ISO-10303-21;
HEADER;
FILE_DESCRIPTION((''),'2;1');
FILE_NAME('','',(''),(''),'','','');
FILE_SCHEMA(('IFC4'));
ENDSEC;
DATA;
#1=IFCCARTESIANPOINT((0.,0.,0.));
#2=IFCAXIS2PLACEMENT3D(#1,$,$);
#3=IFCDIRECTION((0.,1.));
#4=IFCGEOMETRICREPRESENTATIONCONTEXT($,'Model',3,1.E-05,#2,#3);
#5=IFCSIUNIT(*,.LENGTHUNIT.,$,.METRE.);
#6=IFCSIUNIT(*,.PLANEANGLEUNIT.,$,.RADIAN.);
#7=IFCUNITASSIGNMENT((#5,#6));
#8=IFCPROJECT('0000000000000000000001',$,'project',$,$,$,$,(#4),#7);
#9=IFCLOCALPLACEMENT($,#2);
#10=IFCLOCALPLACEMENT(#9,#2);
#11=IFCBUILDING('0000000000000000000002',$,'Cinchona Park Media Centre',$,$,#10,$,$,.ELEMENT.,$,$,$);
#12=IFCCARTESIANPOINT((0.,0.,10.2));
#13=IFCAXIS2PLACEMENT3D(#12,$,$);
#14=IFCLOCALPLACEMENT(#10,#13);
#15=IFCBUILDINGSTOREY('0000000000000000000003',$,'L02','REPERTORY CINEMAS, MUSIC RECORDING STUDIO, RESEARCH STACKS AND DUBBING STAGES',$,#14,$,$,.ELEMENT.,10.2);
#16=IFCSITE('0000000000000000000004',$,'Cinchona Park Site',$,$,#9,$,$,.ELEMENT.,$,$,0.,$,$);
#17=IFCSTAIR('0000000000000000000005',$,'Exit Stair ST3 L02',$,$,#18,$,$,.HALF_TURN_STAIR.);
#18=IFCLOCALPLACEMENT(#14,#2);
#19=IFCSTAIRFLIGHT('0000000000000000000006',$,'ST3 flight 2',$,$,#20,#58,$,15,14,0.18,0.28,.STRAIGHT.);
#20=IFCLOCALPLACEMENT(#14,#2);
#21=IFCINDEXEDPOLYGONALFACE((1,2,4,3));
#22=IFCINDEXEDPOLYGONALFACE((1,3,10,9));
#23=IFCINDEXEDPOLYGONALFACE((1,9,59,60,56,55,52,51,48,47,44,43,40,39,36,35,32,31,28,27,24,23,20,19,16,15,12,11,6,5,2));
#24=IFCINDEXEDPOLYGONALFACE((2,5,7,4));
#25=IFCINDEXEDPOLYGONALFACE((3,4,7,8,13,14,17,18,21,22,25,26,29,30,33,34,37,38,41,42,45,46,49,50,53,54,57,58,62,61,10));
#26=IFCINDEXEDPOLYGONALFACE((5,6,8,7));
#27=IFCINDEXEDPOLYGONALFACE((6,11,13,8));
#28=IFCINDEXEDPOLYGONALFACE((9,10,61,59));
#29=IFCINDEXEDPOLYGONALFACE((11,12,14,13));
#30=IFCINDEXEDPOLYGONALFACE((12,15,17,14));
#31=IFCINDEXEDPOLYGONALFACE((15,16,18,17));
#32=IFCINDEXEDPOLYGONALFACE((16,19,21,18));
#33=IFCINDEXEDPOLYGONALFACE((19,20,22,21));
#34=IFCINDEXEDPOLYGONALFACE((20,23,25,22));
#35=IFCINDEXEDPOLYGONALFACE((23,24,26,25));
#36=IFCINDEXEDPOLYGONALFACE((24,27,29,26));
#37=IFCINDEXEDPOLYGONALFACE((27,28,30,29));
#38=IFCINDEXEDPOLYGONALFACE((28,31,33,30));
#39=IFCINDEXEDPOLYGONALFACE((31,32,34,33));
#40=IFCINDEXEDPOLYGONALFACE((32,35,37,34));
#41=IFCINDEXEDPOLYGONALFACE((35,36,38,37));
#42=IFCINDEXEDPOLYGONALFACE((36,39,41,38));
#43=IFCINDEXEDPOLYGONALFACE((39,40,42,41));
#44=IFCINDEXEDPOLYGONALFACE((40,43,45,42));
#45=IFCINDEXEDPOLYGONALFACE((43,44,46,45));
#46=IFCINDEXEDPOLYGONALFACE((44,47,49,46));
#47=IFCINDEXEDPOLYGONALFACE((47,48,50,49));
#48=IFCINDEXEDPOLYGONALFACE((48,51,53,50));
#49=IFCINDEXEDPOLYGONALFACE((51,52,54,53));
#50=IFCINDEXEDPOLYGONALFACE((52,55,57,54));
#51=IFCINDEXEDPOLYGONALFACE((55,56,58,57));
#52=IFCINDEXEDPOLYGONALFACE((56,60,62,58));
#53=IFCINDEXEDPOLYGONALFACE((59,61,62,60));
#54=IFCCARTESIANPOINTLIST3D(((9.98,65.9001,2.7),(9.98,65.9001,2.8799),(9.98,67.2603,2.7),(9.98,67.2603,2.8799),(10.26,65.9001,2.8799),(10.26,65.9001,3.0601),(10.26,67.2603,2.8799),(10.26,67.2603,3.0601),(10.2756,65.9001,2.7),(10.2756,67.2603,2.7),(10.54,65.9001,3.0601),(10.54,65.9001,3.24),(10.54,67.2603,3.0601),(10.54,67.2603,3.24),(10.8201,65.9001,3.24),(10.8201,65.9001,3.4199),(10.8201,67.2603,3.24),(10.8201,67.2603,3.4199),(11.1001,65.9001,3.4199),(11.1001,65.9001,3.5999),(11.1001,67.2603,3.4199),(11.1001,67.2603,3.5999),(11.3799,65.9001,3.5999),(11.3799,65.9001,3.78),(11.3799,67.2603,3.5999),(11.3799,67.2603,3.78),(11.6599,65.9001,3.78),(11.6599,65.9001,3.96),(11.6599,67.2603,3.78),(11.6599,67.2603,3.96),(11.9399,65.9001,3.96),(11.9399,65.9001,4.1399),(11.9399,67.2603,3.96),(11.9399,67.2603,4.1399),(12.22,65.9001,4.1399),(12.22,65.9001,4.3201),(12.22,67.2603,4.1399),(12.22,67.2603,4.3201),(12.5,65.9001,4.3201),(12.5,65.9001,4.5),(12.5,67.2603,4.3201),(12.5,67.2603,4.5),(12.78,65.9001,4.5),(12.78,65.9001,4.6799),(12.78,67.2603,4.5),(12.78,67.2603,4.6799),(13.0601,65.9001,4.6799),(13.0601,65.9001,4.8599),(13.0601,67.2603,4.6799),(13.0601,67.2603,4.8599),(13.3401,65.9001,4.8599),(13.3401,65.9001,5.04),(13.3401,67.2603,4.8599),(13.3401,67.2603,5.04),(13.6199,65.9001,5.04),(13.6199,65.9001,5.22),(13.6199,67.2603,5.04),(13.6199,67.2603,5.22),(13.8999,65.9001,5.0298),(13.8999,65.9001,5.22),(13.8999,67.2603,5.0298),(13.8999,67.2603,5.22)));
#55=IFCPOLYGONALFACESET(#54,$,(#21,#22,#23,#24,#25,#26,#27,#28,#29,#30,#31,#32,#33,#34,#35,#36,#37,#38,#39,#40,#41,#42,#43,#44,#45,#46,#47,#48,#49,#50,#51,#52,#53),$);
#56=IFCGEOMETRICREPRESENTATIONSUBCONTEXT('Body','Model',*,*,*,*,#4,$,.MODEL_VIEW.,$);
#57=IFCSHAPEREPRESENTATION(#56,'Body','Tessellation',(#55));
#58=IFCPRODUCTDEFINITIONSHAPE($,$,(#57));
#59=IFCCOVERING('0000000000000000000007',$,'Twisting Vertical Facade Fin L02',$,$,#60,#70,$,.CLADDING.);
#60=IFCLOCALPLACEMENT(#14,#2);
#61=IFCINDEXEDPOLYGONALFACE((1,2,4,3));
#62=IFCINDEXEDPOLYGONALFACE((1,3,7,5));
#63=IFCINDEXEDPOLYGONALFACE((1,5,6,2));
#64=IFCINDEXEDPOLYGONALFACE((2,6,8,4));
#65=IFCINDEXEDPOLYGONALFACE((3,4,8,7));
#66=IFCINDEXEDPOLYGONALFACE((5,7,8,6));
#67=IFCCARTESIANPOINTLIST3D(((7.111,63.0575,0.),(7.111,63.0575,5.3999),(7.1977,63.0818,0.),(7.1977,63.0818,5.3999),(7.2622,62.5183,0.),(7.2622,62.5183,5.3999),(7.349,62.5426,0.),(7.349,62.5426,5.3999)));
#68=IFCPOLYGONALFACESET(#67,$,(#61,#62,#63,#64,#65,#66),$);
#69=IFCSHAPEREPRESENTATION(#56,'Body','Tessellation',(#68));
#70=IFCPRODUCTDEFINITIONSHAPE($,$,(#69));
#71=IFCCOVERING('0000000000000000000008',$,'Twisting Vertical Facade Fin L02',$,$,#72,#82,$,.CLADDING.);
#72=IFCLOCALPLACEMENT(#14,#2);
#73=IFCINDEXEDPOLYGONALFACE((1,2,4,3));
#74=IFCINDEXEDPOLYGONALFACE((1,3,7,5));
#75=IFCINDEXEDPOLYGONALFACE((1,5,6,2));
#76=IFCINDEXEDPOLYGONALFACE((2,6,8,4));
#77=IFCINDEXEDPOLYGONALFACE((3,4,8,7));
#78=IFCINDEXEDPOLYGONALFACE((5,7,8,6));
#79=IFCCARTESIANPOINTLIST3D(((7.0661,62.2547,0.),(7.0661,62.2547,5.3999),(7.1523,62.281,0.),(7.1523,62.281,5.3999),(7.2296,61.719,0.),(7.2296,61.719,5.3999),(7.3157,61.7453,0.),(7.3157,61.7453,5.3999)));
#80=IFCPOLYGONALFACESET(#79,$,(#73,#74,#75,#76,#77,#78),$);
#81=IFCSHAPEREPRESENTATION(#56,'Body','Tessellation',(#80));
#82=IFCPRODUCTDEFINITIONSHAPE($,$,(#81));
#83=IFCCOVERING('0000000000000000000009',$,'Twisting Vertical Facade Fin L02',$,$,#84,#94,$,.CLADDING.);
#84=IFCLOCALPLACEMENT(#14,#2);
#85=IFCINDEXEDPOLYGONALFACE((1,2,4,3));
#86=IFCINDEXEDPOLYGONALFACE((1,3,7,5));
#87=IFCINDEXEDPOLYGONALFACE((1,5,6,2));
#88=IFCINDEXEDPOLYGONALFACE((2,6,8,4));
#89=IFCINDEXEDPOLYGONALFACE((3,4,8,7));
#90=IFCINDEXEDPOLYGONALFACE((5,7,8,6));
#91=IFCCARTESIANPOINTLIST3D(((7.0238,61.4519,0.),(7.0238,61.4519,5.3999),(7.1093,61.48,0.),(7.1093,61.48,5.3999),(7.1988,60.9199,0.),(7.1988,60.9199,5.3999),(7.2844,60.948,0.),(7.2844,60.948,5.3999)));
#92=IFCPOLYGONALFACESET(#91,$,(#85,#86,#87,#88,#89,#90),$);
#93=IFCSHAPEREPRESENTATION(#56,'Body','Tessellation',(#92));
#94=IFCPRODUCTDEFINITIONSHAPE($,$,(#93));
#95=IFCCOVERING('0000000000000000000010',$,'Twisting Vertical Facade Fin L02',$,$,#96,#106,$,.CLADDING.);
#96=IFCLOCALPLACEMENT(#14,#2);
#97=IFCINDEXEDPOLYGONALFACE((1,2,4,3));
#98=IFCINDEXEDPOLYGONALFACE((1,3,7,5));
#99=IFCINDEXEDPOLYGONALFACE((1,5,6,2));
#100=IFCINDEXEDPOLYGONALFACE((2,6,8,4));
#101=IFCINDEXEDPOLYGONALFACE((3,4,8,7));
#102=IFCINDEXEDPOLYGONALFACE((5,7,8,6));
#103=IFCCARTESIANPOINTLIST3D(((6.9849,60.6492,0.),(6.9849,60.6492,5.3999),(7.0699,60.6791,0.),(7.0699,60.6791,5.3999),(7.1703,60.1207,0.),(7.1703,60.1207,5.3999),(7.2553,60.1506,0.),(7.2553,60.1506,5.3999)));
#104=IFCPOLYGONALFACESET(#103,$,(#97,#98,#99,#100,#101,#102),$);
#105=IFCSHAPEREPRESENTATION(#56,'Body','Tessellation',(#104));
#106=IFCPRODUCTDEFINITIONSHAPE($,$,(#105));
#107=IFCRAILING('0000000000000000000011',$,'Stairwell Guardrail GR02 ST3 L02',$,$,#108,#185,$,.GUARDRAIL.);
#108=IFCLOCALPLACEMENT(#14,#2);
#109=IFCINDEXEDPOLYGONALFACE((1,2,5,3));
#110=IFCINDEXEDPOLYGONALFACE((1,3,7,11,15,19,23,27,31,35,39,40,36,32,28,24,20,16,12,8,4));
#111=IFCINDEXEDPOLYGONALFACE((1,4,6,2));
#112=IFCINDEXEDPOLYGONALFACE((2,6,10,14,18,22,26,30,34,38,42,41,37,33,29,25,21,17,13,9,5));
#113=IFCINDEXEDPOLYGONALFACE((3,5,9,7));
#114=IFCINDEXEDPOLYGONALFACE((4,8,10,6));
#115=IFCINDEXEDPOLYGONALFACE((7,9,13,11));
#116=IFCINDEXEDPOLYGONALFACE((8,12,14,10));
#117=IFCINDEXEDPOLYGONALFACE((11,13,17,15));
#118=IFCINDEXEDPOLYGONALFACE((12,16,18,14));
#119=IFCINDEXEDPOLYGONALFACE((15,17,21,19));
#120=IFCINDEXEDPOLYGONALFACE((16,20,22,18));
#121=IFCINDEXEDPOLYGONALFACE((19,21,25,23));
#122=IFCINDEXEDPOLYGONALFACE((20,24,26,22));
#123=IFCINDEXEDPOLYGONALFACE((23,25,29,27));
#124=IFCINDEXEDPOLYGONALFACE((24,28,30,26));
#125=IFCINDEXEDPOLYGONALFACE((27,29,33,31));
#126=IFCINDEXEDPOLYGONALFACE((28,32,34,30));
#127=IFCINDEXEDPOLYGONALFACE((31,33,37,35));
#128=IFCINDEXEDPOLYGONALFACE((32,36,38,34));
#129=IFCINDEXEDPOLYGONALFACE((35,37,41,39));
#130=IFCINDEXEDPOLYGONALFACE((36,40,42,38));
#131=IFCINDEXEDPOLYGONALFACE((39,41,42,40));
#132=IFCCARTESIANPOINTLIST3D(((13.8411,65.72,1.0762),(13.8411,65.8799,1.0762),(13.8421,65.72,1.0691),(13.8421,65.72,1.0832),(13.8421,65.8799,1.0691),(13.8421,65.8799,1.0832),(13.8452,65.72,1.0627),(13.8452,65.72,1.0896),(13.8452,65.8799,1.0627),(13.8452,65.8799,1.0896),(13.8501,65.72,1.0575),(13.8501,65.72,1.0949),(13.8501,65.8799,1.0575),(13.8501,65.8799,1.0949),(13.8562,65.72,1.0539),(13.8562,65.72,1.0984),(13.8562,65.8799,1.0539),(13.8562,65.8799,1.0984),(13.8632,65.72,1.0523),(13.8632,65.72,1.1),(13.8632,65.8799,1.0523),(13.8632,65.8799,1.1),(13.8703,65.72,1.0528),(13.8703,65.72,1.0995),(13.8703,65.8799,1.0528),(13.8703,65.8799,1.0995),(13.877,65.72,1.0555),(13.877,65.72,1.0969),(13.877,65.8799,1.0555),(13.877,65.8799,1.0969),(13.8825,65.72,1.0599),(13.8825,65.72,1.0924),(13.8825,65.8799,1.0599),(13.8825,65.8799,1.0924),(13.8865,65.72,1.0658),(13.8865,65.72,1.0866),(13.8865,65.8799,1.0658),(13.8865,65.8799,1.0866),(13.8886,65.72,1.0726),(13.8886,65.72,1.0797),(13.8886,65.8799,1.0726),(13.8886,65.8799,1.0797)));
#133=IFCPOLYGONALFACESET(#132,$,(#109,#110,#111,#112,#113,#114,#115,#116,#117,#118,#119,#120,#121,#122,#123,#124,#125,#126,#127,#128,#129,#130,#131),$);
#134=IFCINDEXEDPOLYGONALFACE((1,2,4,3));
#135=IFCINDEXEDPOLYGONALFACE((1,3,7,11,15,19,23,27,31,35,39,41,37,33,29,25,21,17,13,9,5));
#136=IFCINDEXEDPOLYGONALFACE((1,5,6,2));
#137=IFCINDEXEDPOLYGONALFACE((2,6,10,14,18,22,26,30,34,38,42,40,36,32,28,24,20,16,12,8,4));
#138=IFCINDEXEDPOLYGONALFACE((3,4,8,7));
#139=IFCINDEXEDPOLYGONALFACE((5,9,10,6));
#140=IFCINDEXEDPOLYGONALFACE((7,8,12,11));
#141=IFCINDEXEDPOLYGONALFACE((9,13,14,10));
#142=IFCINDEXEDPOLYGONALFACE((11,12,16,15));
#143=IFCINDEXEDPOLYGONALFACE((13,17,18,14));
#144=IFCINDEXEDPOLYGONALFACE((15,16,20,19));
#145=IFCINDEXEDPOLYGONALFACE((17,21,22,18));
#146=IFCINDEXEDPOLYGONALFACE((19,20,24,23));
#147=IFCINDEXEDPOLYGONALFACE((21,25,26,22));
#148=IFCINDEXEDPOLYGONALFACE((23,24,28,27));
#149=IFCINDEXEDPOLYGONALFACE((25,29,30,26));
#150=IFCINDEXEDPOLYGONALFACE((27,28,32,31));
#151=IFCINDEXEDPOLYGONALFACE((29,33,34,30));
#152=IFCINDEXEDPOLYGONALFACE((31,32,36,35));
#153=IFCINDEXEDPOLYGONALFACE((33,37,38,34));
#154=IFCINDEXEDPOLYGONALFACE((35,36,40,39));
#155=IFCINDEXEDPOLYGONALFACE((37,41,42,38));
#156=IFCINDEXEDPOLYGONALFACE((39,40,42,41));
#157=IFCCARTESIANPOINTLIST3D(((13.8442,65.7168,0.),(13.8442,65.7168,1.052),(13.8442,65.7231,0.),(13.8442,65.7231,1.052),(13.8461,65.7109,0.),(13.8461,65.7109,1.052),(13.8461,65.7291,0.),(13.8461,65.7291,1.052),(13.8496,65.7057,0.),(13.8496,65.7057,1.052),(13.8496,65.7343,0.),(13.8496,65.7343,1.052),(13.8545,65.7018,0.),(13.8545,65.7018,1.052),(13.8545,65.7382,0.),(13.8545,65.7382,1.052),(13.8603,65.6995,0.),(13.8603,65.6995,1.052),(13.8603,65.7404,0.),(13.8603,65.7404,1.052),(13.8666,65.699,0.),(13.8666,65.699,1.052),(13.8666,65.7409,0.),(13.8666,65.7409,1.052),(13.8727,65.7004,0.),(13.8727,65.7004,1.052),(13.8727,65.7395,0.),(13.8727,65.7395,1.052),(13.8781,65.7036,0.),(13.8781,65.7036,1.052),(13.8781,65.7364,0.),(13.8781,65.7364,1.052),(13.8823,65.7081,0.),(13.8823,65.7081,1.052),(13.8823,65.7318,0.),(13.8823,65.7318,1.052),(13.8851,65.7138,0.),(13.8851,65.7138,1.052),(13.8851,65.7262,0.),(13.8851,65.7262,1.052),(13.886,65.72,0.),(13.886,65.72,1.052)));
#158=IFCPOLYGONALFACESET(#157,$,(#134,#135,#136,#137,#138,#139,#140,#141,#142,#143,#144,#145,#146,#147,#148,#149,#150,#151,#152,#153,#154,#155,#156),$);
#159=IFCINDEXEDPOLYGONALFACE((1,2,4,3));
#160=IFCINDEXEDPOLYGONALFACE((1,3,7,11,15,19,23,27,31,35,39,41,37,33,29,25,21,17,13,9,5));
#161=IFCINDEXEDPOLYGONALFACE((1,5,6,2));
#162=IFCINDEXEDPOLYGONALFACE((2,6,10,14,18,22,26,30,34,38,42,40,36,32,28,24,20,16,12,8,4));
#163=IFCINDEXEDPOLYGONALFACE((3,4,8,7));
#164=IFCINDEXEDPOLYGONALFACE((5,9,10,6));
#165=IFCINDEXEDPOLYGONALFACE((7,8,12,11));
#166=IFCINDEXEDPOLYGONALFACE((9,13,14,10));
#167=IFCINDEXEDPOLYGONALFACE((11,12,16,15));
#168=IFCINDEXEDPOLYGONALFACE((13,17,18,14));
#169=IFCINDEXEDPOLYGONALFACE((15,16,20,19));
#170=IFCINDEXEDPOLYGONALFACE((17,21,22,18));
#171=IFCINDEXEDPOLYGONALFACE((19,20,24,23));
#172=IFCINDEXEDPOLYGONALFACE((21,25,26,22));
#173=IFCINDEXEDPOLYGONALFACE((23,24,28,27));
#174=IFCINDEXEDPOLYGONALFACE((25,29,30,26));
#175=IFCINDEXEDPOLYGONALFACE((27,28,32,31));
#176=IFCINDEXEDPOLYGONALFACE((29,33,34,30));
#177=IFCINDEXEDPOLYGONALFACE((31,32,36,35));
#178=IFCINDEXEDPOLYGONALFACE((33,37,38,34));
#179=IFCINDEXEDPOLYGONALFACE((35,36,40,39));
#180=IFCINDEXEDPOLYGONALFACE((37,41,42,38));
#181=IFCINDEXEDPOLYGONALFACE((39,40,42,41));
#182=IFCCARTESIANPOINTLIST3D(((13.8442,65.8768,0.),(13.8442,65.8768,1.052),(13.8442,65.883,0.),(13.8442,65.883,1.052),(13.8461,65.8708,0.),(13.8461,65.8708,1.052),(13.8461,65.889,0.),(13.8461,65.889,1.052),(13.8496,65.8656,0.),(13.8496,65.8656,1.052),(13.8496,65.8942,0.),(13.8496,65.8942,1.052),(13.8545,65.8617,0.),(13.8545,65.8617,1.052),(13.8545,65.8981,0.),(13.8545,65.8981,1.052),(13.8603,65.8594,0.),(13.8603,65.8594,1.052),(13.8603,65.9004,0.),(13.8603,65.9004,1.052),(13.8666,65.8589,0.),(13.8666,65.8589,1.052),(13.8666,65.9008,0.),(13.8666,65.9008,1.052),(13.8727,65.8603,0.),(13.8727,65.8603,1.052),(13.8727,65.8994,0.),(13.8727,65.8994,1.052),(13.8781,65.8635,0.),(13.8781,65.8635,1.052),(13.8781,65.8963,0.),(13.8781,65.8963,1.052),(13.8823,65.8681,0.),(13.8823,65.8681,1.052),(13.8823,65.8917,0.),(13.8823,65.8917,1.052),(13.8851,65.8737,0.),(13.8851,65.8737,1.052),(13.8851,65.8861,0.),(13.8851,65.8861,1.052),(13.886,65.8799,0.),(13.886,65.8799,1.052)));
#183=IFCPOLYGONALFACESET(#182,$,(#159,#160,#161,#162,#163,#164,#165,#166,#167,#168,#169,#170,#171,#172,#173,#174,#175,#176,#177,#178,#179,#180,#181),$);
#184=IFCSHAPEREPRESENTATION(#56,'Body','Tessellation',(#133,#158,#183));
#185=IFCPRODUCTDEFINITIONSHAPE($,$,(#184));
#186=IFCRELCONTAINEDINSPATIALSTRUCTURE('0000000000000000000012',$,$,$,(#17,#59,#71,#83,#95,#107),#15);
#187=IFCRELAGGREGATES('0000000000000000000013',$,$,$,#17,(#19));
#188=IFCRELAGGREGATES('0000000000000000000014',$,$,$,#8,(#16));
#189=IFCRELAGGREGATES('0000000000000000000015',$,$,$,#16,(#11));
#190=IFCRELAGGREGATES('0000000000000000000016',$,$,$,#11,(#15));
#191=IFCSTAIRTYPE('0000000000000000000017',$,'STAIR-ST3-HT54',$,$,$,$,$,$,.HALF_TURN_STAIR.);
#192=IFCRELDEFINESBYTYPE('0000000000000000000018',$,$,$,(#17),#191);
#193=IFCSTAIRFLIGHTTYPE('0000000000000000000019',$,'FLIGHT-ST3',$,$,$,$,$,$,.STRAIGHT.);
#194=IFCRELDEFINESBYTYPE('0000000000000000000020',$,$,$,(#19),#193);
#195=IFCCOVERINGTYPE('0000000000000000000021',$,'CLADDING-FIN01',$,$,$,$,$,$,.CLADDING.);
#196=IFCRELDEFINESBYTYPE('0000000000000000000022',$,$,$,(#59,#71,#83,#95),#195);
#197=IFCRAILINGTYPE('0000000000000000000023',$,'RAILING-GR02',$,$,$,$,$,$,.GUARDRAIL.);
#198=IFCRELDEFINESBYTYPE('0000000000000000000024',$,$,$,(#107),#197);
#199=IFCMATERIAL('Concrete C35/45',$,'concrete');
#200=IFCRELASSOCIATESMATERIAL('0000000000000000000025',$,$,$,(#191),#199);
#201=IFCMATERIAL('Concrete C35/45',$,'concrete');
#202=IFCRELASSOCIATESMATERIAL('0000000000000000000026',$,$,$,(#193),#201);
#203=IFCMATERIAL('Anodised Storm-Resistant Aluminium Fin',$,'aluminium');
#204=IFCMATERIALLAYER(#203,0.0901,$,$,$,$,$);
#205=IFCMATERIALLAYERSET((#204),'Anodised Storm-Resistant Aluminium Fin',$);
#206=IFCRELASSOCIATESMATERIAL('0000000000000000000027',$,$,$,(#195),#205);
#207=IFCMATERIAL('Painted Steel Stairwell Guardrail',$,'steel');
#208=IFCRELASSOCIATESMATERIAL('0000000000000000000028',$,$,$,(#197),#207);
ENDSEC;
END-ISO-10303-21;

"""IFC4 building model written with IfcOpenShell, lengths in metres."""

from ifc_helpers import new_model, si_unit, direction, frame, origin, origin_2d, place, context, subcontext, project, spatial, polyline, rectangle, circle, outline, extrude, material, layer, layer_set, type_object, element, aggregate, save


model = new_model("IFC4")

# Units and contexts
model_context = context("Model", 3, precision=1e-05, world=origin(), true_north=direction((0.0, 1.0)))
body_context = subcontext(model_context, "Body", "Model", "MODEL_VIEW")
ifc_project = project(units=[si_unit("LENGTHUNIT", "METRE"), si_unit("PLANEANGLEUNIT", "RADIAN")], contexts=[model_context])

# Site, building, storey
site_placement = place(None, origin())
site = spatial("IfcSite", under=ifc_project, at=site_placement, Name="Cinchona Park Site", CompositionType="ELEMENT", RefElevation=0.0)
building_placement = place(site_placement, origin())
building = spatial("IfcBuilding", under=site, at=building_placement, Name="Cinchona Park Media Centre", CompositionType="ELEMENT")
storey_placement = place(building_placement, frame((0.0, 0.0, 10.2)))
storey = spatial("IfcBuildingStorey", under=building, at=storey_placement, Name="L02", Description="REPERTORY CINEMAS, MUSIC RECORDING STUDIO, RESEARCH STACKS AND DUBBING STAGES", CompositionType="ELEMENT", Elevation=10.2)

# Stair, stair flight
ifc_material_1 = material(Name="Concrete C35/45", Category="concrete")
stair_type = type_object("IfcStairType", Name="STAIR-ST3-HT54", PredefinedType="HALF_TURN_STAIR", material=ifc_material_1)
stair_placement = place(storey_placement, origin())
stair = element("IfcStair", 1, at=stair_placement, inside=storey, type_object=stair_type, Name="Exit Stair ST3 L02", PredefinedType="HALF_TURN_STAIR")
ifc_material_2 = material(Name="Concrete C35/45", Category="concrete")
stair_flight_type = type_object("IfcStairFlightType", Name="FLIGHT-ST3", PredefinedType="STRAIGHT", material=ifc_material_2)
stair_flight_1_placement = place(storey_placement, frame((9.98, 66.5801, 2.7), z_axis=(0.0, 0.0, 1.0), x_axis=(1.0, 0.0, 0.0)))
stair_flight_1 = element("IfcStairFlight", 2, at=stair_flight_1_placement, type_object=stair_flight_type, Name="ST3 flight 2", NumberOfRisers=15, NumberOfTreads=14, PredefinedType="STRAIGHT", RiserHeight=0.18, TreadLength=0.28, context=body_context, shape_type="SweptSolid", body=[
    extrude(outline(polyline([(0.0, 0.0), (0.0, 0.1799), (0.28, 0.1799), (0.28, 0.3601), (0.5601, 0.3601), (0.5601, 0.54), (0.8401, 0.54), (0.8401, 0.72), (1.1201, 0.72), (1.1201, 0.8999), (1.3999, 0.8999), (1.3999, 1.0801), (1.6799, 1.0801), (1.6799, 1.26), (1.96, 1.26), (1.96, 1.4399), (2.24, 1.4399), (2.24, 1.6201), (2.52, 1.6201), (2.52, 1.8), (2.8, 1.8), (2.8, 1.98), (3.0801, 1.98), (3.0801, 2.1599), (3.3601, 2.1599), (3.3601, 2.3401), (3.6399, 2.3401), (3.6399, 2.52), (3.9199, 2.52), (3.9199, 2.7), (3.9199, 2.3298), (0.2957, 0.0), (0.0, 0.0)])), frame((0.0, 0.6802, 0.0), z_axis=(0.0, -1.0, 0.0), x_axis=(1.0, 0.0, 0.0)), (0.0, 0.0, 1.0), 1.3601),
])
aggregate(stair, [stair_flight_1])

# Coverings
ifc_material_3 = material(Name="Anodised Storm-Resistant Aluminium Fin", Category="aluminium")
ifc_layer_1 = layer(ifc_material_3, 0.0901)
ifc_layer_set_1 = layer_set([ifc_layer_1], Name="Anodised Storm-Resistant Aluminium Fin")
covering_type = type_object("IfcCoveringType", Name="CLADDING-FIN01", PredefinedType="CLADDING", material=ifc_layer_set_1)
for number, where, z_axis, x_axis, name in (
    (3, (7.23, 62.8, 0.0), (0.0, 0.0, 1.0), (0.270096, -0.962833, 0.0), "Twisting Vertical Facade Fin L02"),
    (4, (7.1909, 62.0, 0.0), (0.0, 0.0, 1.0), (0.291871, -0.956458, 0.0), "Twisting Vertical Facade Fin L02"),
    (5, (7.1541, 61.2, 0.0), (0.0, 0.0, 1.0), (0.312501, -0.949918, 0.0), "Twisting Vertical Facade Fin L02"),
    (6, (7.1201, 60.3999, 0.0), (0.0, 0.0, 1.0), (0.331009, -0.943628, 0.0), "Twisting Vertical Facade Fin L02"),
):
    element("IfcCovering", number, at=place(storey_placement, frame(where, z_axis=z_axis, x_axis=x_axis)), inside=storey, type_object=covering_type, Name=name, PredefinedType="CLADDING", context=body_context, shape_type="SweptSolid", body=[
        extrude(rectangle(XDim=0.5601, YDim=0.0901, at=origin_2d()), origin(), (0.0, 0.0, 1.0), 5.3999),
    ])

# Railing
ifc_material_4 = material(Name="Painted Steel Stairwell Guardrail", Category="steel")
railing_type_1 = type_object("IfcRailingType", Name="RAILING-GR02", PredefinedType="GUARDRAIL", material=ifc_material_4)
for number, where, name in (
    (7, (13.865, 65.72, 0.0), "Stairwell Guardrail GR02 ST3 L02"),
):
    element("IfcRailing", number, at=place(storey_placement, frame(where)), inside=storey, type_object=railing_type_1, Name=name, PredefinedType="GUARDRAIL", context=body_context, shape_type="SweptSolid", body=[
        extrude(circle(Radius=0.0239, at=origin_2d()), frame((0.0, 0.0, 1.0762), z_axis=(0.0, 1.0, 0.0), x_axis=(-1.0, 0.0, 0.0)), (0.0, 0.0, 1.0), 0.1599),
        extrude(circle(Radius=0.021, at=origin_2d()), origin(), (0.0, 0.0, 1.0), 1.052),
        extrude(circle(Radius=0.021, at=origin_2d()), frame((0.0, 0.1599, 0.0)), (0.0, 0.0, 1.0), 1.052),
    ])

save(model, "model.ifc")
